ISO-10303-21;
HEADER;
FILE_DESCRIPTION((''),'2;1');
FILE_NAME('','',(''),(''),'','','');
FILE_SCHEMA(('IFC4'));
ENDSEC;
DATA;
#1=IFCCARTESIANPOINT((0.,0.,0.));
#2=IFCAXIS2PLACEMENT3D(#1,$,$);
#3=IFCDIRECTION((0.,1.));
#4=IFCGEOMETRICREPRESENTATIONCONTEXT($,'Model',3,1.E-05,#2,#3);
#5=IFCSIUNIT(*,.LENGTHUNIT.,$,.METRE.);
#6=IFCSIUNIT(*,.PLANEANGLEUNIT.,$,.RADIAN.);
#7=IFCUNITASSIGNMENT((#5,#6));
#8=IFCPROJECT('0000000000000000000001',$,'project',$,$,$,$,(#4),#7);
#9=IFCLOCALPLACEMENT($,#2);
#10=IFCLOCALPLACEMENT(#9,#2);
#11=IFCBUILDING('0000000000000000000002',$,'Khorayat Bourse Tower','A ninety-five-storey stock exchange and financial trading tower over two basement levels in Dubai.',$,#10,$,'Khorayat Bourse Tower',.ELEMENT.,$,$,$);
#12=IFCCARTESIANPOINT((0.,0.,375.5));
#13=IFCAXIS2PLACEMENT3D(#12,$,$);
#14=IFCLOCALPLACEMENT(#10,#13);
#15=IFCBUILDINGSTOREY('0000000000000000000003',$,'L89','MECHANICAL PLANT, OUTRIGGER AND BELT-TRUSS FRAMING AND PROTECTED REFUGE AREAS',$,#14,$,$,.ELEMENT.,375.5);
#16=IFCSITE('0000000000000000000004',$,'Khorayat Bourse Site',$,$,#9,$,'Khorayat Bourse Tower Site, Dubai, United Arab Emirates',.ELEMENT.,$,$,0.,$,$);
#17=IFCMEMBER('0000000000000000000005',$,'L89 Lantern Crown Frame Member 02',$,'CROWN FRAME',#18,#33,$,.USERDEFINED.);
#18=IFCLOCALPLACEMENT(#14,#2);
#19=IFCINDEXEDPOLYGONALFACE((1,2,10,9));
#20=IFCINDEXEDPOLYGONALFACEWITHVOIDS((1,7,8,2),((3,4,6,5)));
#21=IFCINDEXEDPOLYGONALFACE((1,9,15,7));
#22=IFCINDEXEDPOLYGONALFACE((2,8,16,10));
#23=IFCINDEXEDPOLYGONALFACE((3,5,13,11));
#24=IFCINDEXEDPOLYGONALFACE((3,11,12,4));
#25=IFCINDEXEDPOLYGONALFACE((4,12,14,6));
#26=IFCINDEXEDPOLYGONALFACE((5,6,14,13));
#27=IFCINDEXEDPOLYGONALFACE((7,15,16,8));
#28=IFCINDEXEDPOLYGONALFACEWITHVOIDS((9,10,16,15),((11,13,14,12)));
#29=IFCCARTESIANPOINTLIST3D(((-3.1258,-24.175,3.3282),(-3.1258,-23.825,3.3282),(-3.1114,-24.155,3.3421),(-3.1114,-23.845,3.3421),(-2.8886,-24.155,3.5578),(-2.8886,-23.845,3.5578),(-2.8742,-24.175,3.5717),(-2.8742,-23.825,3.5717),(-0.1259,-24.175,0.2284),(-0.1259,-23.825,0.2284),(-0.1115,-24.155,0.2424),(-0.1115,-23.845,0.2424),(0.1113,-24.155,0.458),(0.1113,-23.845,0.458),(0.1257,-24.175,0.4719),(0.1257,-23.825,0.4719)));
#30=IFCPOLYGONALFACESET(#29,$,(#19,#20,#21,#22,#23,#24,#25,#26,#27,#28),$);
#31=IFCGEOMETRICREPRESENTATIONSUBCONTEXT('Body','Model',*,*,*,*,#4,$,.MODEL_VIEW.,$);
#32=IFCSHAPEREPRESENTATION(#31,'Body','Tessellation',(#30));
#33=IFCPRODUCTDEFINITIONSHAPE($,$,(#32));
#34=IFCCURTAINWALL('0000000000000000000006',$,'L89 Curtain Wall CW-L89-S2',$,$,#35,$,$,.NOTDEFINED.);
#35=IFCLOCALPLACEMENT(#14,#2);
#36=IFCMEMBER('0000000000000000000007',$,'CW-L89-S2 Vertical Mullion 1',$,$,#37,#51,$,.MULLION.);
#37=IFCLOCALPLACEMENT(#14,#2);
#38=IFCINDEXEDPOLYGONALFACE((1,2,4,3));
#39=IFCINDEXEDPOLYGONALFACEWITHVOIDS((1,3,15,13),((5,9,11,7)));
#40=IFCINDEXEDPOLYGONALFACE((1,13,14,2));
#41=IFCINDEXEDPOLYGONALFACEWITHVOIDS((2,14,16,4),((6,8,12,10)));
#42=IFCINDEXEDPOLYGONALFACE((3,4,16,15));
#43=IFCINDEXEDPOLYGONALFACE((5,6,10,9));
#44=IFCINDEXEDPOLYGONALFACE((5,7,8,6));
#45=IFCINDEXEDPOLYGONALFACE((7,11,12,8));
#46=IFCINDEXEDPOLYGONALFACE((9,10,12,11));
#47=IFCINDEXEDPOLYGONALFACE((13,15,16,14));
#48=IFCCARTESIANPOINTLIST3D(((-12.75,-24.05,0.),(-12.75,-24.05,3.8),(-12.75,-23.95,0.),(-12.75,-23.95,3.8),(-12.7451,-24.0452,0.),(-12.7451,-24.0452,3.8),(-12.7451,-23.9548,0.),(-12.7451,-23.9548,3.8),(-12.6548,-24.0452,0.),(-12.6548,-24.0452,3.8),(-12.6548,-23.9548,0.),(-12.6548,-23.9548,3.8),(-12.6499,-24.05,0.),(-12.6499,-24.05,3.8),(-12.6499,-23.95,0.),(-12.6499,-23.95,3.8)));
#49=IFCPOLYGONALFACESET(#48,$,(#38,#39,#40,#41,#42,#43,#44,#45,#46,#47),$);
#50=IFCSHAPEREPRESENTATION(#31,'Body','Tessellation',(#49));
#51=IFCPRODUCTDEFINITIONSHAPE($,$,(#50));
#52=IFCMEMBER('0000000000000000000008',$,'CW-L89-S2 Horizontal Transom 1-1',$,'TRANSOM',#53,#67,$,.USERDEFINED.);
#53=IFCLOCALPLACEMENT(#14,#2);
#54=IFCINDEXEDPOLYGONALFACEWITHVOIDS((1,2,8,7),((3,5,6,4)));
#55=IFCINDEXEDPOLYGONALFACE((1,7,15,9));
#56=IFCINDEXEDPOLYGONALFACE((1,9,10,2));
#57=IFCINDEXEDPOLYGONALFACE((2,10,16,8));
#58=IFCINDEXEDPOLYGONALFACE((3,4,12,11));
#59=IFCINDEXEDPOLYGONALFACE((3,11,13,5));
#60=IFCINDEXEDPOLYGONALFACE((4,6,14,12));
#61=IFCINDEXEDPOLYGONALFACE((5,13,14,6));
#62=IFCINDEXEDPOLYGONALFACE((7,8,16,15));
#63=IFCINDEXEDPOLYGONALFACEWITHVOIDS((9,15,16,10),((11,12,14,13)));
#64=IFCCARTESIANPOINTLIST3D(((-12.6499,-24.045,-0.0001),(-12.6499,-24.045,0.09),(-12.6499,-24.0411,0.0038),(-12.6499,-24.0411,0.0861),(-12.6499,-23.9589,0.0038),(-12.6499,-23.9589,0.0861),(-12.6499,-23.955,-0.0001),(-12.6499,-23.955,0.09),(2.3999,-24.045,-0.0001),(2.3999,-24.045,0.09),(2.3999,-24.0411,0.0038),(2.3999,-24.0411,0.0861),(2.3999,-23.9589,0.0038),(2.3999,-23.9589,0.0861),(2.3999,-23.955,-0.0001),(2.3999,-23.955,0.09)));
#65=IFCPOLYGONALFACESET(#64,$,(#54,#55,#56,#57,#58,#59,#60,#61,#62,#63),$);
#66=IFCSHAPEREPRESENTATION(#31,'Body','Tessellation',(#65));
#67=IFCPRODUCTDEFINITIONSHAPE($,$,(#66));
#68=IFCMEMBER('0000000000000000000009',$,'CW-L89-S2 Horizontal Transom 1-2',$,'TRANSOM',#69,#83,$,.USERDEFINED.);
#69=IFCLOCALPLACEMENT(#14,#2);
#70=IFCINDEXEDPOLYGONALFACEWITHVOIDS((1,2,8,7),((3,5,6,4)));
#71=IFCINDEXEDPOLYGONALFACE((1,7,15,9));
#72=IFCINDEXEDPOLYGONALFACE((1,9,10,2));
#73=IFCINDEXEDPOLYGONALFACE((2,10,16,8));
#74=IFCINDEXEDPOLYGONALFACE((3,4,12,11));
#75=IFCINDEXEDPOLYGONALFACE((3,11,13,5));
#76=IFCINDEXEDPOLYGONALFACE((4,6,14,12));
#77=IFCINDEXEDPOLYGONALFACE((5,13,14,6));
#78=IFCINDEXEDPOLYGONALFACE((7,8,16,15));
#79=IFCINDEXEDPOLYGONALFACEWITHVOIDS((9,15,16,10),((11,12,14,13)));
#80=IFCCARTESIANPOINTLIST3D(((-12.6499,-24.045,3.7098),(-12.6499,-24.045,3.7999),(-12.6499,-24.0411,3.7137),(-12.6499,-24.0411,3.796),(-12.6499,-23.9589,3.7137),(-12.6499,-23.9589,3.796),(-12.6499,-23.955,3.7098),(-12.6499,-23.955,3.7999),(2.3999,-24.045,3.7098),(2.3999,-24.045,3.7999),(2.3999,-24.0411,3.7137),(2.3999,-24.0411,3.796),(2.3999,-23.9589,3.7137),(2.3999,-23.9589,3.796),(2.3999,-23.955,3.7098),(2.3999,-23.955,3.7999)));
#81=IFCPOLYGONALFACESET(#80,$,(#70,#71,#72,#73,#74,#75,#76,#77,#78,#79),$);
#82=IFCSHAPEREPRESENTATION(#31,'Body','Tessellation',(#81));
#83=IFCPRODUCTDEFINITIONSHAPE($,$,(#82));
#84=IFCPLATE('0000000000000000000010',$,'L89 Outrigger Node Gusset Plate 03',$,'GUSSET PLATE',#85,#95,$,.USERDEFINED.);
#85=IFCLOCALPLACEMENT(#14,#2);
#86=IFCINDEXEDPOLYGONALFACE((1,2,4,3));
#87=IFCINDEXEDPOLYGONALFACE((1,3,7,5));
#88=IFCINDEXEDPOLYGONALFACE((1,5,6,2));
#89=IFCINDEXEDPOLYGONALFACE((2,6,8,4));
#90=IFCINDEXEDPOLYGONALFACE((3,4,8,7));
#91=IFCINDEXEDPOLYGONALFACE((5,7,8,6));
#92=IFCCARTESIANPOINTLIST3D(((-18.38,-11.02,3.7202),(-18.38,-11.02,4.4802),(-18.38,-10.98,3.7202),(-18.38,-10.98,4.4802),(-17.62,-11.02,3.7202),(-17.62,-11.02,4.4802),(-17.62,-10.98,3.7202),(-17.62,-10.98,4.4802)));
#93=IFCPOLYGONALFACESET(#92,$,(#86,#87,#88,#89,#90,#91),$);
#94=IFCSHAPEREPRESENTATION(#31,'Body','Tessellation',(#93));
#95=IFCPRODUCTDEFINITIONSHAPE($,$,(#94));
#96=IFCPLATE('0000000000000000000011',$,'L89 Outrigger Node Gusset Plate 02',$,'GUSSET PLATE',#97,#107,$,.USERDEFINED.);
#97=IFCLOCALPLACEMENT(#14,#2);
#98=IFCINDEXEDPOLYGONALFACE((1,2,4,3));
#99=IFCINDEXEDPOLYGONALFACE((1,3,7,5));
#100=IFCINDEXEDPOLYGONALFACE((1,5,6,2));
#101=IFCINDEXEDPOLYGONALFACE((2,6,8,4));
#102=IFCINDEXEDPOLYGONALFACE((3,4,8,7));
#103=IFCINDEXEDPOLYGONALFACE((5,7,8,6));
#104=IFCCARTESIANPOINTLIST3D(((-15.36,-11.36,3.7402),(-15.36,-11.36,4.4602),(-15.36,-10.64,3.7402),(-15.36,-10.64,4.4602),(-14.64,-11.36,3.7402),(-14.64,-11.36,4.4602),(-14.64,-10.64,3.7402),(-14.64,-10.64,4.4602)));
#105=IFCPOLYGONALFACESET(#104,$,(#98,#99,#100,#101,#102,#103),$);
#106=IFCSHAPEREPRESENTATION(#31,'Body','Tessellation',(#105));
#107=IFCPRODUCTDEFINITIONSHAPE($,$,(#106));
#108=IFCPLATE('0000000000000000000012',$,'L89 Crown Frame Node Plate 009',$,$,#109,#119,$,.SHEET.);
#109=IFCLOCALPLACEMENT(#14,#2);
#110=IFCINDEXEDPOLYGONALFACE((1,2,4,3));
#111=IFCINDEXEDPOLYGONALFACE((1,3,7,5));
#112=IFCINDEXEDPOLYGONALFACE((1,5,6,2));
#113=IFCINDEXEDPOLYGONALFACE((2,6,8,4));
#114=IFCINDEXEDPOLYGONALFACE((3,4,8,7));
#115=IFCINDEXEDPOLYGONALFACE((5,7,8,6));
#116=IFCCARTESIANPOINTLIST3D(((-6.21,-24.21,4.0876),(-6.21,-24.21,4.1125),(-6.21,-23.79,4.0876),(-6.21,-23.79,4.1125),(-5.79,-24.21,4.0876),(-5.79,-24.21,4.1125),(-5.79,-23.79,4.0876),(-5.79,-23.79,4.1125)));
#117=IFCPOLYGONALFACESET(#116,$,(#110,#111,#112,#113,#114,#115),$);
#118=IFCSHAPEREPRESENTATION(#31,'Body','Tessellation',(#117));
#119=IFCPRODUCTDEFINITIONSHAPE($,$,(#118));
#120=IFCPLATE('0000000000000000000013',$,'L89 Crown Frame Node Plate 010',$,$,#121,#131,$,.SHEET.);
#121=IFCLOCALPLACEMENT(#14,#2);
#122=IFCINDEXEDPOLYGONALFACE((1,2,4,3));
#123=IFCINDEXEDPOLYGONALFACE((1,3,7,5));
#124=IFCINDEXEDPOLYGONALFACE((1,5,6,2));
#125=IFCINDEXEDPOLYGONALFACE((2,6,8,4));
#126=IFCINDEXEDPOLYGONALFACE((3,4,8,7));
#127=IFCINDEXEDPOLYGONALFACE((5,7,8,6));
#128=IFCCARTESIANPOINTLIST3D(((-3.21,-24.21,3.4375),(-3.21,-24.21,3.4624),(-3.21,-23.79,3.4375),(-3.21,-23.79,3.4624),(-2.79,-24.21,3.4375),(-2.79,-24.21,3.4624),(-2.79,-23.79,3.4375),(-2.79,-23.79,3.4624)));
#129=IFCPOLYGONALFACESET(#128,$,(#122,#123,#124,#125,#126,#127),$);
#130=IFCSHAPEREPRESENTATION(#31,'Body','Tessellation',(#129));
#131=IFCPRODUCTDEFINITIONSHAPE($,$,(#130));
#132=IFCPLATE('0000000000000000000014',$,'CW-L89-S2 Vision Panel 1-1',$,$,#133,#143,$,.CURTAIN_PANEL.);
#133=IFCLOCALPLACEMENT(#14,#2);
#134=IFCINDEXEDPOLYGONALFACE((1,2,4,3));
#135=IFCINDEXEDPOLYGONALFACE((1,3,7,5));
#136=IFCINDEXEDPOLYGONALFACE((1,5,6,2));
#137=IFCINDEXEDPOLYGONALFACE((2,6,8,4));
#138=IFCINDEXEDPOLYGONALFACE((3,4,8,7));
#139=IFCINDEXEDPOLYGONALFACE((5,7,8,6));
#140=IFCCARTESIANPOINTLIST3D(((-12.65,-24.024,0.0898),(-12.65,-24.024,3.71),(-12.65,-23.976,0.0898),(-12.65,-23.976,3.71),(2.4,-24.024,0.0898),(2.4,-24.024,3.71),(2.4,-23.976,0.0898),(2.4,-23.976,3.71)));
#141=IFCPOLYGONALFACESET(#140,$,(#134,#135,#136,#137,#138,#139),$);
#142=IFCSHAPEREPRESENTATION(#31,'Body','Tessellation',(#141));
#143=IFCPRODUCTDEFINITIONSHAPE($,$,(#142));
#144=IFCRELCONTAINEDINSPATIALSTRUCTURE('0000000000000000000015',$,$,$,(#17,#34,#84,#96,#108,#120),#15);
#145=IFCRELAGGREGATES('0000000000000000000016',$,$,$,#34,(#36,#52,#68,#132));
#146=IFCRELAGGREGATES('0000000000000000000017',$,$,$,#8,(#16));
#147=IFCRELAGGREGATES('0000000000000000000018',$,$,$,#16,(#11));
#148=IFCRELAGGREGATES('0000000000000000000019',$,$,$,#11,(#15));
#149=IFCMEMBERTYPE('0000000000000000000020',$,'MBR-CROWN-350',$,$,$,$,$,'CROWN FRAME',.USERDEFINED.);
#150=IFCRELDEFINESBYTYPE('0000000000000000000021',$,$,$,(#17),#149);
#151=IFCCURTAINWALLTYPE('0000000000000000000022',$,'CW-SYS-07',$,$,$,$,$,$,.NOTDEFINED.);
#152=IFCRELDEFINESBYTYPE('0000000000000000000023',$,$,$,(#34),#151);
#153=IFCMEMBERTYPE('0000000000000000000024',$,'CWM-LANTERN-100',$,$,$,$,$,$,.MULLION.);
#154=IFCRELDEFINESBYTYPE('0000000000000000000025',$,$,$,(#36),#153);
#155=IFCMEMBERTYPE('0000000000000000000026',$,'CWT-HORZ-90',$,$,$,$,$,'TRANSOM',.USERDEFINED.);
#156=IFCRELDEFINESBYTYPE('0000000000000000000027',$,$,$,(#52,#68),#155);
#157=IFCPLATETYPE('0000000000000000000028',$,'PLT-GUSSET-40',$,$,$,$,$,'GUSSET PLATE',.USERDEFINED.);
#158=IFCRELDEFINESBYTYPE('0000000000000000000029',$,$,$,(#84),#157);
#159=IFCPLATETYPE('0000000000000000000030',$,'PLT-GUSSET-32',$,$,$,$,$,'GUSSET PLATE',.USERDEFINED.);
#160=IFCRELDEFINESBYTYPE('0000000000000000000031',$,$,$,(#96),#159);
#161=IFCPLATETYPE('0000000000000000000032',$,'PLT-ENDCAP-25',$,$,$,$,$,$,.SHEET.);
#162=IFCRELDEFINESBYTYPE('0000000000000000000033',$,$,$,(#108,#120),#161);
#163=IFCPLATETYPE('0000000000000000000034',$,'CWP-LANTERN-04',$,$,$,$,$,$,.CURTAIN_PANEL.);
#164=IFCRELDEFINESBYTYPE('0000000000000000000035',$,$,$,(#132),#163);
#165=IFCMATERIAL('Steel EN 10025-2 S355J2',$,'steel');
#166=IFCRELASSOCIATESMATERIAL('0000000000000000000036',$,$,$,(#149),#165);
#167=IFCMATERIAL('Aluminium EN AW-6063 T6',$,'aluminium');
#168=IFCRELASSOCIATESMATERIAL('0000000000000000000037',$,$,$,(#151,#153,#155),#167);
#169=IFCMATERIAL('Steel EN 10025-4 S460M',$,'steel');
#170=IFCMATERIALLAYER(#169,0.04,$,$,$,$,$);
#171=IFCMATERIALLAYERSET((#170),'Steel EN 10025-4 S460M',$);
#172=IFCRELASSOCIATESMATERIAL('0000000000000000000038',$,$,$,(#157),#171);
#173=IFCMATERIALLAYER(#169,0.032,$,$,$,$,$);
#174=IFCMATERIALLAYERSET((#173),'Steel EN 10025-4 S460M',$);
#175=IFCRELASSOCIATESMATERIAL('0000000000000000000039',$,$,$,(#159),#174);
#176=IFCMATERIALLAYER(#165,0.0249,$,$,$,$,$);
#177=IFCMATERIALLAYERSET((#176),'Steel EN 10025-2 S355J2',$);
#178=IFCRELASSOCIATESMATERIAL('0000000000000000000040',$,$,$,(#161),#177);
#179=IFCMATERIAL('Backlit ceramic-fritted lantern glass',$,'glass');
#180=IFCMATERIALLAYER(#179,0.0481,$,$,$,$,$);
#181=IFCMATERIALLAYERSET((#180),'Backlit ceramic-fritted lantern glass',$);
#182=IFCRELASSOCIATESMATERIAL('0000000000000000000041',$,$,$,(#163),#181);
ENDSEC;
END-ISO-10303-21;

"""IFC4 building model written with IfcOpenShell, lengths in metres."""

from ifc_helpers import new_model, si_unit, direction, frame, origin, origin_2d, place, context, subcontext, project, spatial, rectangle, hollow_rectangle, extrude, source, transform, mapped, material, layer, layer_set, material_profile, profile_set, type_object, element, aggregate, save


model = new_model("IFC4")

# Units and contexts
model_context = context("Model", 3, precision=1e-05, world=origin(), true_north=direction((0.0, 1.0)))
body_context = subcontext(model_context, "Body", "Model", "MODEL_VIEW")
ifc_project = project(units=[si_unit("LENGTHUNIT", "METRE"), si_unit("PLANEANGLEUNIT", "RADIAN")], contexts=[model_context])

# Site, building, storey
site_placement = place(None, origin())
site = spatial("IfcSite", under=ifc_project, at=site_placement, Name="Khorayat Bourse Site", LongName="Khorayat Bourse Tower Site, Dubai, United Arab Emirates", CompositionType="ELEMENT", RefElevation=0.0)
building_placement = place(site_placement, origin())
building = spatial("IfcBuilding", under=site, at=building_placement, Name="Khorayat Bourse Tower", Description="A ninety-five-storey stock exchange and financial trading tower over two basement levels in Dubai.", LongName="Khorayat Bourse Tower", CompositionType="ELEMENT")
storey_placement = place(building_placement, frame((0.0, 0.0, 375.5)))
storey = spatial("IfcBuildingStorey", under=building, at=storey_placement, Name="L89", Description="MECHANICAL PLANT, OUTRIGGER AND BELT-TRUSS FRAMING AND PROTECTED REFUGE AREAS", CompositionType="ELEMENT", Elevation=375.5)

# Shared definitions
ifc_material_1 = material(Name="Steel EN 10025-2 S355J2", Category="steel")

# Member
ifc_material_2 = material(Name="Steel EN 10025-4 S460M", Category="steel")
ifc_material_profile_1 = material_profile(ifc_material_1, hollow_rectangle(XDim=0.3501, YDim=0.3501, WallThickness=0.02, at=origin_2d()), Name="HSS 350x350x20")
ifc_profile_set_1 = profile_set([ifc_material_profile_1], Name="Steel EN 10025-2 S355J2")
member_type_1 = type_object("IfcMemberType", Name="MBR-CROWN-350", ElementType="CROWN FRAME", PredefinedType="USERDEFINED", material=ifc_profile_set_1)
shared_shape_1 = source(origin(), body_context, "Body", "SweptSolid", [
    extrude(hollow_rectangle(XDim=0.3501, YDim=0.3501, WallThickness=0.02, at=origin_2d()), origin(), (0.0, 0.0, 1.0), 4.3137),
])
member_1_placement = place(storey_placement, frame((-3.0, -24.0, 3.45), z_axis=(0.695438, 0.0, -0.718586), x_axis=(0.0, 1.0, 0.0)))
element("IfcMember", 1, at=member_1_placement, inside=storey, type_object=member_type_1, Name="L89 Lantern Crown Frame Member 02", ObjectType="CROWN FRAME", PredefinedType="USERDEFINED", context=body_context, shape_type="MappedRepresentation", body=[
    mapped(shared_shape_1, transform((0.0, 0.0, 0.0), scale=1.0)),
])

# Curtain wall, members
ifc_material_3 = material(Name="Aluminium EN AW-6063 T6", Category="aluminium")
curtain_wall_type = type_object("IfcCurtainWallType", Name="CW-SYS-07", PredefinedType="NOTDEFINED", material=ifc_material_3)
curtain_wall_placement = place(storey_placement, origin())
curtain_wall = element("IfcCurtainWall", 2, at=curtain_wall_placement, inside=storey, type_object=curtain_wall_type, Name="L89 Curtain Wall CW-L89-S2", PredefinedType="NOTDEFINED")
ifc_material_profile_2 = material_profile(ifc_material_3, hollow_rectangle(XDim=0.1001, YDim=0.1001, WallThickness=0.0049, at=origin_2d()), Name="ALU 100x100x5")
ifc_profile_set_2 = profile_set([ifc_material_profile_2], Name="Aluminium EN AW-6063 T6")
member_type_2 = type_object("IfcMemberType", Name="CWM-LANTERN-100", PredefinedType="MULLION", material=ifc_profile_set_2)
shared_shape_2 = source(origin(), body_context, "Body", "SweptSolid", [
    extrude(hollow_rectangle(XDim=0.1001, YDim=0.1001, WallThickness=0.0049, at=origin_2d()), origin(), (0.0, 0.0, 1.0), 3.8),
])
member_2_placement = place(storey_placement, frame((-12.7, -24.0, 0.0), z_axis=(0.0, 0.0, 1.0), x_axis=(0.0, 1.0, 0.0)))
member_2 = element("IfcMember", 3, at=member_2_placement, type_object=member_type_2, Name="CW-L89-S2 Vertical Mullion 1", PredefinedType="MULLION", context=body_context, shape_type="MappedRepresentation", body=[
    mapped(shared_shape_2, transform((0.0, 0.0, 0.0), scale=1.0)),
])
ifc_material_profile_3 = material_profile(ifc_material_3, hollow_rectangle(XDim=0.0901, YDim=0.0901, WallThickness=0.0039, at=origin_2d()), Name="ALU 90x90x4")
ifc_profile_set_3 = profile_set([ifc_material_profile_3], Name="Aluminium EN AW-6063 T6")
member_type_3 = type_object("IfcMemberType", Name="CWT-HORZ-90", ElementType="TRANSOM", PredefinedType="USERDEFINED", material=ifc_profile_set_3)
shared_shape_3 = source(origin(), body_context, "Body", "SweptSolid", [
    extrude(hollow_rectangle(XDim=0.0901, YDim=0.0901, WallThickness=0.0039, at=origin_2d()), origin(), (0.0, 0.0, 1.0), 15.0498),
])
member_3_placement = place(storey_placement, frame((-12.6499, -24.0, 0.0449), z_axis=(1.0, 0.0, 0.0), x_axis=(0.0, 1.0, 0.0)))
member_3 = element("IfcMember", 4, at=member_3_placement, type_object=member_type_3, Name="CW-L89-S2 Horizontal Transom 1-1", ObjectType="TRANSOM", PredefinedType="USERDEFINED", context=body_context, shape_type="MappedRepresentation", body=[
    mapped(shared_shape_3, transform((0.0, 0.0, 0.0), scale=1.0)),
])
member_4_placement = place(storey_placement, frame((-12.6499, -24.0, 3.7549), z_axis=(1.0, 0.0, 0.0), x_axis=(0.0, 1.0, 0.0)))
member_4 = element("IfcMember", 5, at=member_4_placement, type_object=member_type_3, Name="CW-L89-S2 Horizontal Transom 1-2", ObjectType="TRANSOM", PredefinedType="USERDEFINED", context=body_context, shape_type="MappedRepresentation", body=[
    mapped(shared_shape_3, transform((0.0, 0.0, 0.0), scale=1.0)),
])

# Plates
ifc_layer_1 = layer(ifc_material_2, 0.04)
ifc_layer_set_1 = layer_set([ifc_layer_1], Name="Steel EN 10025-4 S460M")
plate_type_1 = type_object("IfcPlateType", Name="PLT-GUSSET-40", ElementType="GUSSET PLATE", PredefinedType="USERDEFINED", material=ifc_layer_set_1)
shared_shape_4 = source(origin(), body_context, "Body", "SweptSolid", [
    extrude(rectangle(XDim=0.76, YDim=0.04, at=origin_2d()), origin(), (0.0, 0.0, 1.0), 0.76),
])
plate_1_placement = place(storey_placement, frame((-18.0, -11.0, 3.7202), z_axis=(0.0, 0.0, 1.0), x_axis=(1.0, 0.0, 0.0)))
element("IfcPlate", 6, at=plate_1_placement, inside=storey, type_object=plate_type_1, Name="L89 Outrigger Node Gusset Plate 03", ObjectType="GUSSET PLATE", PredefinedType="USERDEFINED", context=body_context, shape_type="MappedRepresentation", body=[
    mapped(shared_shape_4, transform((0.0, 0.0, 0.0), scale=1.0)),
])
ifc_layer_2 = layer(ifc_material_2, 0.032)
ifc_layer_set_2 = layer_set([ifc_layer_2], Name="Steel EN 10025-4 S460M")
plate_type_2 = type_object("IfcPlateType", Name="PLT-GUSSET-32", ElementType="GUSSET PLATE", PredefinedType="USERDEFINED", material=ifc_layer_set_2)
shared_shape_5 = source(origin(), body_context, "Body", "SweptSolid", [
    extrude(rectangle(XDim=0.72, YDim=0.72, at=origin_2d()), origin(), (0.0, 0.0, 1.0), 0.72),
])
plate_2_placement = place(storey_placement, frame((-15.0, -11.0, 3.7402), z_axis=(0.0, 0.0, 1.0), x_axis=(1.0, 0.0, 0.0)))
element("IfcPlate", 7, at=plate_2_placement, inside=storey, type_object=plate_type_2, Name="L89 Outrigger Node Gusset Plate 02", ObjectType="GUSSET PLATE", PredefinedType="USERDEFINED", context=body_context, shape_type="MappedRepresentation", body=[
    mapped(shared_shape_5, transform((0.0, 0.0, 0.0), scale=1.0)),
])
ifc_layer_3 = layer(ifc_material_1, 0.0249)
ifc_layer_set_3 = layer_set([ifc_layer_3], Name="Steel EN 10025-2 S355J2")
plate_type_3 = type_object("IfcPlateType", Name="PLT-ENDCAP-25", PredefinedType="SHEET", material=ifc_layer_set_3)
shared_shape_6 = source(origin(), body_context, "Body", "SweptSolid", [
    extrude(rectangle(XDim=0.4199, YDim=0.4199, at=origin_2d()), origin(), (0.0, 0.0, 1.0), 0.0249),
])
for number, where, z_axis, x_axis, name in (
    (8, (-6.0, -24.0, 4.0876), (0.0, 0.0, 1.0), (1.0, 0.0, 0.0), "L89 Crown Frame Node Plate 009"),
    (9, (-3.0, -24.0, 3.4375), (0.0, 0.0, 1.0), (1.0, 0.0, 0.0), "L89 Crown Frame Node Plate 010"),
):
    element("IfcPlate", number, at=place(storey_placement, frame(where, z_axis=z_axis, x_axis=x_axis)), inside=storey, type_object=plate_type_3, Name=name, PredefinedType="SHEET", context=body_context, shape_type="MappedRepresentation", body=[
        mapped(shared_shape_6, transform((0.0, 0.0, 0.0), scale=1.0)),
    ])

# Plate
ifc_material_4 = material(Name="Backlit ceramic-fritted lantern glass", Category="glass")
ifc_layer_4 = layer(ifc_material_4, 0.0481)
ifc_layer_set_4 = layer_set([ifc_layer_4], Name="Backlit ceramic-fritted lantern glass")
plate_type_4 = type_object("IfcPlateType", Name="CWP-LANTERN-04", PredefinedType="CURTAIN_PANEL", material=ifc_layer_set_4)
shared_shape_7 = source(origin(), body_context, "Body", "SweptSolid", [
    extrude(rectangle(XDim=15.05, YDim=0.0481, at=origin_2d()), origin(), (0.0, 0.0, 1.0), 3.6201),
])
plate_3_placement = place(storey_placement, frame((-5.125, -24.0, 0.0898), z_axis=(0.0, 0.0, 1.0), x_axis=(1.0, 0.0, 0.0)))
plate_3 = element("IfcPlate", 10, at=plate_3_placement, type_object=plate_type_4, Name="CW-L89-S2 Vision Panel 1-1", PredefinedType="CURTAIN_PANEL", context=body_context, shape_type="MappedRepresentation", body=[
    mapped(shared_shape_7, transform((0.0, 0.0, 0.0), scale=1.0)),
])
aggregate(curtain_wall, [member_2, member_3, member_4, plate_3])

save(model, "model.ifc")
